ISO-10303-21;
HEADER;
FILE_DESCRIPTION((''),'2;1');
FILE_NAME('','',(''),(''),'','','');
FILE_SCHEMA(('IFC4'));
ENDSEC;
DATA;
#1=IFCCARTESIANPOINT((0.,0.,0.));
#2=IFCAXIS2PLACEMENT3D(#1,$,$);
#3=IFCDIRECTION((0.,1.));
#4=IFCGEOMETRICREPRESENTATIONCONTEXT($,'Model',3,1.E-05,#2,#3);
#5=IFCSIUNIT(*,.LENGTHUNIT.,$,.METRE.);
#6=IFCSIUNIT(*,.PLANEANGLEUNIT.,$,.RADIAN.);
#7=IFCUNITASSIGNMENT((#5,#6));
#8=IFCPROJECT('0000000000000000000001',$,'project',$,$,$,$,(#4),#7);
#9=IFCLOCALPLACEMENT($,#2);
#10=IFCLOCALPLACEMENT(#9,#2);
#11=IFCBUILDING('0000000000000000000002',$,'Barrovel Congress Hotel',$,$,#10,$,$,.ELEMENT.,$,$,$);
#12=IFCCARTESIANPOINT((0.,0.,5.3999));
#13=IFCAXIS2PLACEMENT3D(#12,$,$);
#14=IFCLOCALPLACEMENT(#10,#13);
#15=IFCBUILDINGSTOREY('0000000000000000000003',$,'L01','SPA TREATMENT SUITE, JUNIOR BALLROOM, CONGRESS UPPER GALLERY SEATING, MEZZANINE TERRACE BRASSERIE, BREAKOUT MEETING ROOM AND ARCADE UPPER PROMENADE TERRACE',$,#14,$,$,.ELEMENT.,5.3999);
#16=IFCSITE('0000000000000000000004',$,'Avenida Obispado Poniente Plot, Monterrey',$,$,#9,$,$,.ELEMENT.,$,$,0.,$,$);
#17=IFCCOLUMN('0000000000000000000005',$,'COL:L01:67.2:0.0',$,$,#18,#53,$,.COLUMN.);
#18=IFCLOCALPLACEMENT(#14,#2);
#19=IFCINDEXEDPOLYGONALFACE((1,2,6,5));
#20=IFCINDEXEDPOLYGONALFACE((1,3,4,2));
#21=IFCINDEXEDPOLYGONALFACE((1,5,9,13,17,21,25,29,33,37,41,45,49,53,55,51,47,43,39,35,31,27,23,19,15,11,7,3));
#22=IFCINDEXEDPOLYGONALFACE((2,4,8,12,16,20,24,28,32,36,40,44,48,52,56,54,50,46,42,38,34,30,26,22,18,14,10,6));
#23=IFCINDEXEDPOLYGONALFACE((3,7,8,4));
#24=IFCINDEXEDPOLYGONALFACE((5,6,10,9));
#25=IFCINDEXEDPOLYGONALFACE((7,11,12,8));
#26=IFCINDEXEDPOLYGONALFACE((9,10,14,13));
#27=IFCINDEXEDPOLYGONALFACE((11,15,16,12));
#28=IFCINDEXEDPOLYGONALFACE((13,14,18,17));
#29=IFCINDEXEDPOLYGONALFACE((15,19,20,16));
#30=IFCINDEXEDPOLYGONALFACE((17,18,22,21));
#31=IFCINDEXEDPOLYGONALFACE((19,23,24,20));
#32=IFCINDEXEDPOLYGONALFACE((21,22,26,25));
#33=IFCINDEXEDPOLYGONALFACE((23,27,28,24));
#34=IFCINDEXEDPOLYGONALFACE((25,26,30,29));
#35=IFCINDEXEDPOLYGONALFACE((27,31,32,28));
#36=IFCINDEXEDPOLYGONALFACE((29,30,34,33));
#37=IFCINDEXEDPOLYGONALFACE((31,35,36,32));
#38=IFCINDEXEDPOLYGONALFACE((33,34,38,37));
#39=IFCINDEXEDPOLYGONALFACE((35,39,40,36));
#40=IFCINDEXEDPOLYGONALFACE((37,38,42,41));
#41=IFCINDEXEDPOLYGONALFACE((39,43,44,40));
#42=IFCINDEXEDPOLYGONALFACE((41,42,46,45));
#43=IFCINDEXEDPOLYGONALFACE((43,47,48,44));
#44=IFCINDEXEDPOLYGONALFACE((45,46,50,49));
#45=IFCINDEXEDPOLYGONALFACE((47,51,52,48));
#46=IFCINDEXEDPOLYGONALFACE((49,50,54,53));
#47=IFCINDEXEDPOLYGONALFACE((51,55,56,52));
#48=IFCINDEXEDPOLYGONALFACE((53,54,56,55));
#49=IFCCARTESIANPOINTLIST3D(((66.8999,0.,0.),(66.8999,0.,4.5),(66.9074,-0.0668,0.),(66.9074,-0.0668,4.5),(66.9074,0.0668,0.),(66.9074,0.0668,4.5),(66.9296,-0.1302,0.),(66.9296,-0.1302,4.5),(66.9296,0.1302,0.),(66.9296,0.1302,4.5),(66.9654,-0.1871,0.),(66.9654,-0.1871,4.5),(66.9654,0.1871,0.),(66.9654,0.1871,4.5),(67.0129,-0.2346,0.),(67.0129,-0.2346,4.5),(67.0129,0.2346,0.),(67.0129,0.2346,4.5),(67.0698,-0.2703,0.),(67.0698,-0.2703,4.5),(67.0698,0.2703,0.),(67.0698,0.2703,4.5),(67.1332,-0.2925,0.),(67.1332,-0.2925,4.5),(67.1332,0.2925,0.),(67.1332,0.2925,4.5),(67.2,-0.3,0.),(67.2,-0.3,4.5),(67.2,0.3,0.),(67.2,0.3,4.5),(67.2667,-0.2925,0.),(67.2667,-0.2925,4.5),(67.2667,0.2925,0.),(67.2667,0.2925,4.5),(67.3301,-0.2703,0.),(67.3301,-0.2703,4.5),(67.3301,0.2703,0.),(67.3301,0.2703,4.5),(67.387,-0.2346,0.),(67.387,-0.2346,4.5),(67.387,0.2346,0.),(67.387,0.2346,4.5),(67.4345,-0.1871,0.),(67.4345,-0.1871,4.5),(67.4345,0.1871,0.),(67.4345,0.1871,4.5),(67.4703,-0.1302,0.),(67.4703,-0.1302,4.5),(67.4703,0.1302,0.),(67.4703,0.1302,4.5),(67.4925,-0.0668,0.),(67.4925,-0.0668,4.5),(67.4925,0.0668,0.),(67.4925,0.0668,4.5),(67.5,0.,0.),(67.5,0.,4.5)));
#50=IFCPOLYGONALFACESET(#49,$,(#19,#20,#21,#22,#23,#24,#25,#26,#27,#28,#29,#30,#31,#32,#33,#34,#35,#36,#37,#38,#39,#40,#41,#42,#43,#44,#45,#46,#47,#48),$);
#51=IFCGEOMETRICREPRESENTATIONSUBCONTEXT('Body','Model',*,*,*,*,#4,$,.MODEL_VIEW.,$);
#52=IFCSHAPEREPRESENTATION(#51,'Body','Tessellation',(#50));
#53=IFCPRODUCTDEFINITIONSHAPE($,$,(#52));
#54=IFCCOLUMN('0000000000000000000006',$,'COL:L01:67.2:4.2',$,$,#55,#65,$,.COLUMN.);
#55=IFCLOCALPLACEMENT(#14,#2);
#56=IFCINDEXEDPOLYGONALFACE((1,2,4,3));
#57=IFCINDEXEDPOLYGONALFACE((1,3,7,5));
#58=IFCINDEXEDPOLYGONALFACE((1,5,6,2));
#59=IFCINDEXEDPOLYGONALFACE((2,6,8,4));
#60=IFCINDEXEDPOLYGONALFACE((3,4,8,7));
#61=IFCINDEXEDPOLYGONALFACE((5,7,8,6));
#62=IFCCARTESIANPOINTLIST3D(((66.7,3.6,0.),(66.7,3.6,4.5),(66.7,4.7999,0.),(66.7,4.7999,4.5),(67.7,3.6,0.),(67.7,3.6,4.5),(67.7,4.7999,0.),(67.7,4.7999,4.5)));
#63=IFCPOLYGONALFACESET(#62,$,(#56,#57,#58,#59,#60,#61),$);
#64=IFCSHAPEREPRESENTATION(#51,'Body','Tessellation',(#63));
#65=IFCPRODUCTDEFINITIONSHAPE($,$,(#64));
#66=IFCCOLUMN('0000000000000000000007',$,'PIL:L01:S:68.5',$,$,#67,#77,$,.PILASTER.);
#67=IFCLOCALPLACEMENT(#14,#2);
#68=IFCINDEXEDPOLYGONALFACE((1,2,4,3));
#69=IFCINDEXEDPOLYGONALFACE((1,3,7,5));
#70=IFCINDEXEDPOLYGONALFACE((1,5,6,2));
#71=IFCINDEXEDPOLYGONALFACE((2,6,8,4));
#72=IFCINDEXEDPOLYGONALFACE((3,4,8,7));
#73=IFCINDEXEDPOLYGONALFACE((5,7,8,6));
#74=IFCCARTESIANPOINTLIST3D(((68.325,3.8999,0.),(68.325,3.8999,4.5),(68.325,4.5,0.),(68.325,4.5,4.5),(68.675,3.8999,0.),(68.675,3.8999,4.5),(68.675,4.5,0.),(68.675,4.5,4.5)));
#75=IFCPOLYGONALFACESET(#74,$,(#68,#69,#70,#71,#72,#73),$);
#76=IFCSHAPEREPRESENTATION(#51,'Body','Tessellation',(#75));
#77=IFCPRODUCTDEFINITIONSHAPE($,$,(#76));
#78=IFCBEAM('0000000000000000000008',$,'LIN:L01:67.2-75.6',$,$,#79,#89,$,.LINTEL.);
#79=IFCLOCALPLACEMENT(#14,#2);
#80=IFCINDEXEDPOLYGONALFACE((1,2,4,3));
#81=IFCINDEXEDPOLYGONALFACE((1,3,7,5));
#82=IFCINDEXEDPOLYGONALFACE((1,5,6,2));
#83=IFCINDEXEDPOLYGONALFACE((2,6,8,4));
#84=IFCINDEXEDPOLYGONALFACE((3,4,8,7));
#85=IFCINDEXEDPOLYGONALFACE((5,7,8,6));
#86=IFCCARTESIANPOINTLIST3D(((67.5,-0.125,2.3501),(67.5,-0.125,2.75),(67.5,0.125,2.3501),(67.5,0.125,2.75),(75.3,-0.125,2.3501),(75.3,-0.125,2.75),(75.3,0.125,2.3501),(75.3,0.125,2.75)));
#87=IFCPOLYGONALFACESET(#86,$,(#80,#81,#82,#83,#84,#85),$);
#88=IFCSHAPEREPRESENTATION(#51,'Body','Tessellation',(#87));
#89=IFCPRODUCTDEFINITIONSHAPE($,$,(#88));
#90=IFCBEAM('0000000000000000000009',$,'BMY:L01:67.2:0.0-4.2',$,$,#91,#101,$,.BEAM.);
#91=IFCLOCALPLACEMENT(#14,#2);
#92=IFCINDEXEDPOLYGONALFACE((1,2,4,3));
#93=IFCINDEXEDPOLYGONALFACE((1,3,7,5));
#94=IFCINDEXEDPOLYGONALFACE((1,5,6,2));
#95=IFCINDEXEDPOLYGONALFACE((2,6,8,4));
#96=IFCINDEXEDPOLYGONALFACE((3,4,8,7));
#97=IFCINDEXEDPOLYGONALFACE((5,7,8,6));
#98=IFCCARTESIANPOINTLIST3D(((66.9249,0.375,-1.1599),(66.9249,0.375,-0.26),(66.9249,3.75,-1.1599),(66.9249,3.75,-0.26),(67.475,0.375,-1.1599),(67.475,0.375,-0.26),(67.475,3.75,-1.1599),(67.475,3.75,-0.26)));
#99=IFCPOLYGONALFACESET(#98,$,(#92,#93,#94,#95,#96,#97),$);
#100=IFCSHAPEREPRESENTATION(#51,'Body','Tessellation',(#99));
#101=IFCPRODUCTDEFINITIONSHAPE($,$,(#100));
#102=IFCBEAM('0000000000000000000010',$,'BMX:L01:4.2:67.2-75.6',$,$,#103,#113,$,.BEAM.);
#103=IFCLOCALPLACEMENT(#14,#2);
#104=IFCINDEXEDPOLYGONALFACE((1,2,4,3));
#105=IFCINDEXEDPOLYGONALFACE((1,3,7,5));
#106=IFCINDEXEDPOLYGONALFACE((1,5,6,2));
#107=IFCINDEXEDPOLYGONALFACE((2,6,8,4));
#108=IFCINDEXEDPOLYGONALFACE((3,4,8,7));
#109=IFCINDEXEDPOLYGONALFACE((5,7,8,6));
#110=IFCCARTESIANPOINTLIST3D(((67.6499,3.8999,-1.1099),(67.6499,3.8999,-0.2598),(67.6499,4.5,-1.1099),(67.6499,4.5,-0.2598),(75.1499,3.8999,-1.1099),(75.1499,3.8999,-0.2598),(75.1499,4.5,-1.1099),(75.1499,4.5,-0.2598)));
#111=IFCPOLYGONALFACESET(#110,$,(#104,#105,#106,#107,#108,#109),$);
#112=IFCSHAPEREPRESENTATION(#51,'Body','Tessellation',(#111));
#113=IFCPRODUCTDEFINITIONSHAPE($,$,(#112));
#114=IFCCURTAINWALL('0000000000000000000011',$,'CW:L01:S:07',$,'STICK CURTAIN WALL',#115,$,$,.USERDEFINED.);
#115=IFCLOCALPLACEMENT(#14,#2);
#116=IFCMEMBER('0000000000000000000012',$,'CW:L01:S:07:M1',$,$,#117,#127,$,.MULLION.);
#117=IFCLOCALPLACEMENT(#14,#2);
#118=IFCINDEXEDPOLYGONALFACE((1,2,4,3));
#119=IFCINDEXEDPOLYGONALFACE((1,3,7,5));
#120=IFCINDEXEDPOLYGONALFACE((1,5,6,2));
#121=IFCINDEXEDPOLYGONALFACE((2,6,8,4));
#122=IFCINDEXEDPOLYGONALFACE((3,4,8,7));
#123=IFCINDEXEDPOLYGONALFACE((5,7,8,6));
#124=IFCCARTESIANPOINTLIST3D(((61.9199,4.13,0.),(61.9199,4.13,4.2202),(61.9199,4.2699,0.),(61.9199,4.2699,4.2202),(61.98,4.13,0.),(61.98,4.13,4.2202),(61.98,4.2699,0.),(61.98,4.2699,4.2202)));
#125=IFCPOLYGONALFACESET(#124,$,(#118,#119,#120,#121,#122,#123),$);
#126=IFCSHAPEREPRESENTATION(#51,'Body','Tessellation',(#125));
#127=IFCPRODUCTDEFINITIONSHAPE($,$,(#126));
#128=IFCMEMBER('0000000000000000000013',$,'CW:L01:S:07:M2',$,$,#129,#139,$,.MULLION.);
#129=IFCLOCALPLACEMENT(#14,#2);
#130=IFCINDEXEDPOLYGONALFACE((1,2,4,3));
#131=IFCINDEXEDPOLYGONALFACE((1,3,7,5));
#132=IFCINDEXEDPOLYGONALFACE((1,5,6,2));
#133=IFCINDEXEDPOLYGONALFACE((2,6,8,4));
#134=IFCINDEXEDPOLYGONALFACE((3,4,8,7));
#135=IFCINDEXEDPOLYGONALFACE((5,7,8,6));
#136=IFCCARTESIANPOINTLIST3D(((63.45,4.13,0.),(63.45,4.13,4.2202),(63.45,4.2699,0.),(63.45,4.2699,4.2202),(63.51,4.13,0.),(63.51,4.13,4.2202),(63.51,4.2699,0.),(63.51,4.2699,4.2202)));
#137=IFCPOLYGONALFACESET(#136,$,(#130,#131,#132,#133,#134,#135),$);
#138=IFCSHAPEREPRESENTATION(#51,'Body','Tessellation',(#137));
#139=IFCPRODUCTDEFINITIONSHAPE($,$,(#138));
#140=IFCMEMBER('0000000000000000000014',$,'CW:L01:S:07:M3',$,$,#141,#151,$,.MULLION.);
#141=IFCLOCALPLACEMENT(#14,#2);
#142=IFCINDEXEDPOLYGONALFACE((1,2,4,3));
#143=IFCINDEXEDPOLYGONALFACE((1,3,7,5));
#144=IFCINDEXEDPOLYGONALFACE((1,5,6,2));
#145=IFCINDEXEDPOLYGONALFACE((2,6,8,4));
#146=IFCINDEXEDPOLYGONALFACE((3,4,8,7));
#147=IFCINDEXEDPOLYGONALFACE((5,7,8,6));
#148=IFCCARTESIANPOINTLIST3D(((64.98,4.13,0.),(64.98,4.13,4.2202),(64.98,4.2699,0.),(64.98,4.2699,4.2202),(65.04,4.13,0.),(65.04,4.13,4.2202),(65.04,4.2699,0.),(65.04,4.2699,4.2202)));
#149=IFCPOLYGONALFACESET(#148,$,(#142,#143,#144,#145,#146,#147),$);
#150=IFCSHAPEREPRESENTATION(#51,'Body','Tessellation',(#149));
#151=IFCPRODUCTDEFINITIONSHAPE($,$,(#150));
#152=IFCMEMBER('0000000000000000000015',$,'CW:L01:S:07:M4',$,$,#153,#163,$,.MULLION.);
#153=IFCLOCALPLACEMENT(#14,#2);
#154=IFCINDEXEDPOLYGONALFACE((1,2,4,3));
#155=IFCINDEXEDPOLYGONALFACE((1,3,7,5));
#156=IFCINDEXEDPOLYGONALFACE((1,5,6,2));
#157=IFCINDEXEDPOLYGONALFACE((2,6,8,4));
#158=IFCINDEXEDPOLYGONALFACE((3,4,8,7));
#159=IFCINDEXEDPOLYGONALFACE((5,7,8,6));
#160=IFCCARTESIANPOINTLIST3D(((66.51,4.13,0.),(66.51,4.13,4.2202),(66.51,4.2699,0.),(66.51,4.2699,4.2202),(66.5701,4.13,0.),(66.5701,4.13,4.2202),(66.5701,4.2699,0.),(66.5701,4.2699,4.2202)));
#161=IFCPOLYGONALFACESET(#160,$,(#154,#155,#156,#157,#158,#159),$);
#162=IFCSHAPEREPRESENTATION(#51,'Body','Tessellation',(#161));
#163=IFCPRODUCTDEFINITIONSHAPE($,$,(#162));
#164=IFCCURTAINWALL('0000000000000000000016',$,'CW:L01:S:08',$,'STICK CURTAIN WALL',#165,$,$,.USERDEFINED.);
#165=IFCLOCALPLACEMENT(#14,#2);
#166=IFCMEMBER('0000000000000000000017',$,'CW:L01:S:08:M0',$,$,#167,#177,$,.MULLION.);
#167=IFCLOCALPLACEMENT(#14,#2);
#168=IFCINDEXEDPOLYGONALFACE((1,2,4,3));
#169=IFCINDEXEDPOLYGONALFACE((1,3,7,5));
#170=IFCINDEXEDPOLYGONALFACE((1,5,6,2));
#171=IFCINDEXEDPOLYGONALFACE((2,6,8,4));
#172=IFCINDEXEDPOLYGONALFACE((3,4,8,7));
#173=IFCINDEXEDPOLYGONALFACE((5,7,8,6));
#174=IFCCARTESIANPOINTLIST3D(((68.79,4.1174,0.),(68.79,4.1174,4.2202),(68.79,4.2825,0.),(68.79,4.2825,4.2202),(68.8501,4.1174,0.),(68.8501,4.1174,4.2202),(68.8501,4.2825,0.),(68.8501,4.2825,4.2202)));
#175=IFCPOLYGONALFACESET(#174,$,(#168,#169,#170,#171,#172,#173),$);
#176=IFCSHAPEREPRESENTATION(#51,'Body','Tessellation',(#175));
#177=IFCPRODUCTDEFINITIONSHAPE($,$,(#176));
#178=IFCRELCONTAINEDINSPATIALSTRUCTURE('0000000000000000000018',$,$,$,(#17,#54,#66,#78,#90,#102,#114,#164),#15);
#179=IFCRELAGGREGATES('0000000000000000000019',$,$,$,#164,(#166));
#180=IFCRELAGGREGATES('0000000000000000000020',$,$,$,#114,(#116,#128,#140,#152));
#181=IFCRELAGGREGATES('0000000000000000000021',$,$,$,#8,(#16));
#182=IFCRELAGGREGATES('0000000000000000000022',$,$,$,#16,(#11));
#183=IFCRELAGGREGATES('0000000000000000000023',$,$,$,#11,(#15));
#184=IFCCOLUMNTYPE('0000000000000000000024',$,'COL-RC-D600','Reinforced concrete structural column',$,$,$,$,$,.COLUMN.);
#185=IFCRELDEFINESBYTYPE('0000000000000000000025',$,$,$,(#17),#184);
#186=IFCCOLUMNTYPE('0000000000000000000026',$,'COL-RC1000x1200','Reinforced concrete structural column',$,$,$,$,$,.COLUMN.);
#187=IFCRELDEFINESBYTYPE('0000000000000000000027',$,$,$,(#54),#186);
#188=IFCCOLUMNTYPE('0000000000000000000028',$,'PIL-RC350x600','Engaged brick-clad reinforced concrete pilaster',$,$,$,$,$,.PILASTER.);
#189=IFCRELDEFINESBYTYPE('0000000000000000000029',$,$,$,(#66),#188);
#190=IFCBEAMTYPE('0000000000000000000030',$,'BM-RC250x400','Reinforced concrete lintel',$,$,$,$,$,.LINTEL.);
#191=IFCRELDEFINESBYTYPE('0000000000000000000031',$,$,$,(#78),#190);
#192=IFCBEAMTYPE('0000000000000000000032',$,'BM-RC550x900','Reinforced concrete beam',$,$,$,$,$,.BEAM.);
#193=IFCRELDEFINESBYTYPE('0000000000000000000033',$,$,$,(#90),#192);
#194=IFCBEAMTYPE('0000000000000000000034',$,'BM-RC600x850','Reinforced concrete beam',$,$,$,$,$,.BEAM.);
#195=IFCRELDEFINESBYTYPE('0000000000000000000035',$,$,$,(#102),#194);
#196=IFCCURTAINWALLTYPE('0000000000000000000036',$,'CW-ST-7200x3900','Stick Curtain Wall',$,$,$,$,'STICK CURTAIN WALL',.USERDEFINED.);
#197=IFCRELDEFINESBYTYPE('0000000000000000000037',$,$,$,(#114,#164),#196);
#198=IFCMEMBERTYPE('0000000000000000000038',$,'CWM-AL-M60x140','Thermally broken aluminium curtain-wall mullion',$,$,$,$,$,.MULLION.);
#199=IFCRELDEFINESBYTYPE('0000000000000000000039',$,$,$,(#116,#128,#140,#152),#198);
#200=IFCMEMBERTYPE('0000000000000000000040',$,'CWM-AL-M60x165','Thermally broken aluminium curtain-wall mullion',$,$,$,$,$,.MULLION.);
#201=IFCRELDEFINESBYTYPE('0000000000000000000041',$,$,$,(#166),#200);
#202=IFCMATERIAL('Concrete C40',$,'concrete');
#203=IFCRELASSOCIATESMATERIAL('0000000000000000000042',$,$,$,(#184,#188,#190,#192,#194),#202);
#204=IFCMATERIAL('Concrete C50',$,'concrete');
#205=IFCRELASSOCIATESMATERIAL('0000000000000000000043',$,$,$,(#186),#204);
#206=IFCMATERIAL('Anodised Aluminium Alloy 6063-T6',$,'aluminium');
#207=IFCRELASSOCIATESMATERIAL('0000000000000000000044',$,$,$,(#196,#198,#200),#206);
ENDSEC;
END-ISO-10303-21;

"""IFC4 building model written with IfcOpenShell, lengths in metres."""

from ifc_helpers import new_model, si_unit, direction, frame, origin, origin_2d, place, context, subcontext, project, spatial, rectangle, circle, extrude, material, material_profile, profile_set, type_object, element, aggregate, save


model = new_model("IFC4")

# Units and contexts
model_context = context("Model", 3, precision=1e-05, world=origin(), true_north=direction((0.0, 1.0)))
body_context = subcontext(model_context, "Body", "Model", "MODEL_VIEW")
ifc_project = project(units=[si_unit("LENGTHUNIT", "METRE"), si_unit("PLANEANGLEUNIT", "RADIAN")], contexts=[model_context])

# Site, building, storey
site_placement = place(None, origin())
site = spatial("IfcSite", under=ifc_project, at=site_placement, Name="Avenida Obispado Poniente Plot, Monterrey", CompositionType="ELEMENT", RefElevation=0.0)
building_placement = place(site_placement, origin())
building = spatial("IfcBuilding", under=site, at=building_placement, Name="Barrovel Congress Hotel", CompositionType="ELEMENT")
storey_placement = place(building_placement, frame((0.0, 0.0, 5.3999)))
storey = spatial("IfcBuildingStorey", under=building, at=storey_placement, Name="L01", Description="SPA TREATMENT SUITE, JUNIOR BALLROOM, CONGRESS UPPER GALLERY SEATING, MEZZANINE TERRACE BRASSERIE, BREAKOUT MEETING ROOM AND ARCADE UPPER PROMENADE TERRACE", CompositionType="ELEMENT", Elevation=5.3999)

# Columns
ifc_material_1 = material(Name="Concrete C40", Category="concrete")
ifc_material_profile_1 = material_profile(ifc_material_1, circle(Radius=0.3, at=origin_2d()), Name="RC-D600")
ifc_profile_set_1 = profile_set([ifc_material_profile_1], Name="Concrete C40")
column_type_1 = type_object("IfcColumnType", Name="COL-RC-D600", Description="Reinforced concrete structural column", PredefinedType="COLUMN", material=ifc_profile_set_1)
column_1_placement = place(storey_placement, frame((67.2, 0.0, 0.0), z_axis=(0.0, 0.0, 1.0), x_axis=(1.0, 0.0, 0.0)))
element("IfcColumn", 1, at=column_1_placement, inside=storey, type_object=column_type_1, Name="COL:L01:67.2:0.0", PredefinedType="COLUMN", context=body_context, shape_type="SweptSolid", body=[
    extrude(circle(Radius=0.3, at=origin_2d()), origin(), (0.0, 0.0, 1.0), 4.5),
])
ifc_material_2 = material(Name="Concrete C50", Category="concrete")
ifc_material_profile_2 = material_profile(ifc_material_2, rectangle(XDim=1.0, YDim=1.2, at=origin_2d()), Name="RC1000x1200")
ifc_profile_set_2 = profile_set([ifc_material_profile_2], Name="Concrete C50")
column_type_2 = type_object("IfcColumnType", Name="COL-RC1000x1200", Description="Reinforced concrete structural column", PredefinedType="COLUMN", material=ifc_profile_set_2)
column_2_placement = place(storey_placement, frame((67.2, 4.2, 0.0), z_axis=(0.0, 0.0, 1.0), x_axis=(1.0, 0.0, 0.0)))
element("IfcColumn", 2, at=column_2_placement, inside=storey, type_object=column_type_2, Name="COL:L01:67.2:4.2", PredefinedType="COLUMN", context=body_context, shape_type="SweptSolid", body=[
    extrude(rectangle(XDim=1.0, YDim=1.2, at=origin_2d()), origin(), (0.0, 0.0, 1.0), 4.5),
])
ifc_material_profile_3 = material_profile(ifc_material_1, rectangle(XDim=0.3501, YDim=0.6001, at=origin_2d()), Name="RC350x600")
ifc_profile_set_3 = profile_set([ifc_material_profile_3], Name="Concrete C40")
column_type_3 = type_object("IfcColumnType", Name="PIL-RC350x600", Description="Engaged brick-clad reinforced concrete pilaster", PredefinedType="PILASTER", material=ifc_profile_set_3)
column_3_placement = place(storey_placement, frame((68.5, 4.2, 0.0), z_axis=(0.0, 0.0, 1.0), x_axis=(1.0, 0.0, 0.0)))
element("IfcColumn", 3, at=column_3_placement, inside=storey, type_object=column_type_3, Name="PIL:L01:S:68.5", PredefinedType="PILASTER", context=body_context, shape_type="SweptSolid", body=[
    extrude(rectangle(XDim=0.3501, YDim=0.6001, at=origin_2d()), origin(), (0.0, 0.0, 1.0), 4.5),
])

# Beams
ifc_material_profile_4 = material_profile(ifc_material_1, rectangle(XDim=0.25, YDim=0.3999, at=origin_2d()), Name="RC250x400")
ifc_profile_set_4 = profile_set([ifc_material_profile_4], Name="Concrete C40")
beam_type_1 = type_object("IfcBeamType", Name="BM-RC250x400", Description="Reinforced concrete lintel", PredefinedType="LINTEL", material=ifc_profile_set_4)
beam_1_placement = place(storey_placement, frame((67.5, 0.0, 2.55), z_axis=(1.0, 0.0, 0.0), x_axis=(0.0, 1.0, 0.0)))
element("IfcBeam", 4, at=beam_1_placement, inside=storey, type_object=beam_type_1, Name="LIN:L01:67.2-75.6", PredefinedType="LINTEL", context=body_context, shape_type="SweptSolid", body=[
    extrude(rectangle(XDim=0.25, YDim=0.3999, at=origin_2d()), origin(), (0.0, 0.0, 1.0), 7.8),
])
ifc_material_profile_5 = material_profile(ifc_material_1, rectangle(XDim=0.55, YDim=0.8999, at=origin_2d()), Name="RC550x900")
ifc_profile_set_5 = profile_set([ifc_material_profile_5], Name="Concrete C40")
beam_type_2 = type_object("IfcBeamType", Name="BM-RC550x900", Description="Reinforced concrete beam", PredefinedType="BEAM", material=ifc_profile_set_5)
beam_2_placement = place(storey_placement, frame((67.2, 0.375, -0.71), z_axis=(0.0, 1.0, 0.0), x_axis=(-1.0, 0.0, 0.0)))
element("IfcBeam", 5, at=beam_2_placement, inside=storey, type_object=beam_type_2, Name="BMY:L01:67.2:0.0-4.2", PredefinedType="BEAM", context=body_context, shape_type="SweptSolid", body=[
    extrude(rectangle(XDim=0.55, YDim=0.8999, at=origin_2d()), origin(), (0.0, 0.0, 1.0), 3.375),
])
ifc_material_profile_6 = material_profile(ifc_material_1, rectangle(XDim=0.6001, YDim=0.8501, at=origin_2d()), Name="RC600x850")
ifc_profile_set_6 = profile_set([ifc_material_profile_6], Name="Concrete C40")
beam_type_3 = type_object("IfcBeamType", Name="BM-RC600x850", Description="Reinforced concrete beam", PredefinedType="BEAM", material=ifc_profile_set_6)
beam_3_placement = place(storey_placement, frame((67.6499, 4.2, -0.6848), z_axis=(1.0, 0.0, 0.0), x_axis=(0.0, 1.0, 0.0)))
element("IfcBeam", 6, at=beam_3_placement, inside=storey, type_object=beam_type_3, Name="BMX:L01:4.2:67.2-75.6", PredefinedType="BEAM", context=body_context, shape_type="SweptSolid", body=[
    extrude(rectangle(XDim=0.6001, YDim=0.8501, at=origin_2d()), origin(), (0.0, 0.0, 1.0), 7.5),
])

# Curtain wall, members
ifc_material_3 = material(Name="Anodised Aluminium Alloy 6063-T6", Category="aluminium")
curtain_wall_type = type_object("IfcCurtainWallType", Name="CW-ST-7200x3900", Description="Stick Curtain Wall", ElementType="STICK CURTAIN WALL", PredefinedType="USERDEFINED", material=ifc_material_3)
curtain_wall_1_placement = place(storey_placement, origin())
curtain_wall_1 = element("IfcCurtainWall", 7, at=curtain_wall_1_placement, inside=storey, type_object=curtain_wall_type, Name="CW:L01:S:07", ObjectType="STICK CURTAIN WALL", PredefinedType="USERDEFINED")
ifc_material_profile_7 = material_profile(ifc_material_3, rectangle(XDim=0.0601, YDim=0.1399, at=origin_2d()), Name="AL-M60x140")
ifc_profile_set_7 = profile_set([ifc_material_profile_7], Name="Anodised Aluminium Alloy 6063-T6")
member_type_1 = type_object("IfcMemberType", Name="CWM-AL-M60x140", Description="Thermally broken aluminium curtain-wall mullion", PredefinedType="MULLION", material=ifc_profile_set_7)
member_1_placement = place(storey_placement, frame((61.95, 4.2, 0.0), z_axis=(0.0, 0.0, 1.0), x_axis=(1.0, 0.0, 0.0)))
member_1 = element("IfcMember", 8, at=member_1_placement, type_object=member_type_1, Name="CW:L01:S:07:M1", PredefinedType="MULLION", context=body_context, shape_type="SweptSolid", body=[
    extrude(rectangle(XDim=0.0601, YDim=0.1399, at=origin_2d()), origin(), (0.0, 0.0, 1.0), 4.2202),
])
member_2_placement = place(storey_placement, frame((63.48, 4.2, 0.0), z_axis=(0.0, 0.0, 1.0), x_axis=(1.0, 0.0, 0.0)))
member_2 = element("IfcMember", 9, at=member_2_placement, type_object=member_type_1, Name="CW:L01:S:07:M2", PredefinedType="MULLION", context=body_context, shape_type="SweptSolid", body=[
    extrude(rectangle(XDim=0.0601, YDim=0.1399, at=origin_2d()), origin(), (0.0, 0.0, 1.0), 4.2202),
])
member_3_placement = place(storey_placement, frame((65.01, 4.2, 0.0), z_axis=(0.0, 0.0, 1.0), x_axis=(1.0, 0.0, 0.0)))
member_3 = element("IfcMember", 10, at=member_3_placement, type_object=member_type_1, Name="CW:L01:S:07:M3", PredefinedType="MULLION", context=body_context, shape_type="SweptSolid", body=[
    extrude(rectangle(XDim=0.0601, YDim=0.1399, at=origin_2d()), origin(), (0.0, 0.0, 1.0), 4.2202),
])
member_4_placement = place(storey_placement, frame((66.54, 4.2, 0.0), z_axis=(0.0, 0.0, 1.0), x_axis=(1.0, 0.0, 0.0)))
member_4 = element("IfcMember", 11, at=member_4_placement, type_object=member_type_1, Name="CW:L01:S:07:M4", PredefinedType="MULLION", context=body_context, shape_type="SweptSolid", body=[
    extrude(rectangle(XDim=0.0601, YDim=0.1399, at=origin_2d()), origin(), (0.0, 0.0, 1.0), 4.2202),
])

# Curtain wall, member
curtain_wall_2_placement = place(storey_placement, origin())
curtain_wall_2 = element("IfcCurtainWall", 12, at=curtain_wall_2_placement, inside=storey, type_object=curtain_wall_type, Name="CW:L01:S:08", ObjectType="STICK CURTAIN WALL", PredefinedType="USERDEFINED")
ifc_material_profile_8 = material_profile(ifc_material_3, rectangle(XDim=0.0601, YDim=0.165, at=origin_2d()), Name="AL-M60x165")
ifc_profile_set_8 = profile_set([ifc_material_profile_8], Name="Anodised Aluminium Alloy 6063-T6")
member_type_2 = type_object("IfcMemberType", Name="CWM-AL-M60x165", Description="Thermally broken aluminium curtain-wall mullion", PredefinedType="MULLION", material=ifc_profile_set_8)
member_5_placement = place(storey_placement, frame((68.8201, 4.2, 0.0), z_axis=(0.0, 0.0, 1.0), x_axis=(1.0, 0.0, 0.0)))
member_5 = element("IfcMember", 13, at=member_5_placement, type_object=member_type_2, Name="CW:L01:S:08:M0", PredefinedType="MULLION", context=body_context, shape_type="SweptSolid", body=[
    extrude(rectangle(XDim=0.0601, YDim=0.165, at=origin_2d()), origin(), (0.0, 0.0, 1.0), 4.2202),
])

aggregate(curtain_wall_2, [member_5])

aggregate(curtain_wall_1, [member_1, member_2, member_3, member_4])

save(model, "model.ifc")
